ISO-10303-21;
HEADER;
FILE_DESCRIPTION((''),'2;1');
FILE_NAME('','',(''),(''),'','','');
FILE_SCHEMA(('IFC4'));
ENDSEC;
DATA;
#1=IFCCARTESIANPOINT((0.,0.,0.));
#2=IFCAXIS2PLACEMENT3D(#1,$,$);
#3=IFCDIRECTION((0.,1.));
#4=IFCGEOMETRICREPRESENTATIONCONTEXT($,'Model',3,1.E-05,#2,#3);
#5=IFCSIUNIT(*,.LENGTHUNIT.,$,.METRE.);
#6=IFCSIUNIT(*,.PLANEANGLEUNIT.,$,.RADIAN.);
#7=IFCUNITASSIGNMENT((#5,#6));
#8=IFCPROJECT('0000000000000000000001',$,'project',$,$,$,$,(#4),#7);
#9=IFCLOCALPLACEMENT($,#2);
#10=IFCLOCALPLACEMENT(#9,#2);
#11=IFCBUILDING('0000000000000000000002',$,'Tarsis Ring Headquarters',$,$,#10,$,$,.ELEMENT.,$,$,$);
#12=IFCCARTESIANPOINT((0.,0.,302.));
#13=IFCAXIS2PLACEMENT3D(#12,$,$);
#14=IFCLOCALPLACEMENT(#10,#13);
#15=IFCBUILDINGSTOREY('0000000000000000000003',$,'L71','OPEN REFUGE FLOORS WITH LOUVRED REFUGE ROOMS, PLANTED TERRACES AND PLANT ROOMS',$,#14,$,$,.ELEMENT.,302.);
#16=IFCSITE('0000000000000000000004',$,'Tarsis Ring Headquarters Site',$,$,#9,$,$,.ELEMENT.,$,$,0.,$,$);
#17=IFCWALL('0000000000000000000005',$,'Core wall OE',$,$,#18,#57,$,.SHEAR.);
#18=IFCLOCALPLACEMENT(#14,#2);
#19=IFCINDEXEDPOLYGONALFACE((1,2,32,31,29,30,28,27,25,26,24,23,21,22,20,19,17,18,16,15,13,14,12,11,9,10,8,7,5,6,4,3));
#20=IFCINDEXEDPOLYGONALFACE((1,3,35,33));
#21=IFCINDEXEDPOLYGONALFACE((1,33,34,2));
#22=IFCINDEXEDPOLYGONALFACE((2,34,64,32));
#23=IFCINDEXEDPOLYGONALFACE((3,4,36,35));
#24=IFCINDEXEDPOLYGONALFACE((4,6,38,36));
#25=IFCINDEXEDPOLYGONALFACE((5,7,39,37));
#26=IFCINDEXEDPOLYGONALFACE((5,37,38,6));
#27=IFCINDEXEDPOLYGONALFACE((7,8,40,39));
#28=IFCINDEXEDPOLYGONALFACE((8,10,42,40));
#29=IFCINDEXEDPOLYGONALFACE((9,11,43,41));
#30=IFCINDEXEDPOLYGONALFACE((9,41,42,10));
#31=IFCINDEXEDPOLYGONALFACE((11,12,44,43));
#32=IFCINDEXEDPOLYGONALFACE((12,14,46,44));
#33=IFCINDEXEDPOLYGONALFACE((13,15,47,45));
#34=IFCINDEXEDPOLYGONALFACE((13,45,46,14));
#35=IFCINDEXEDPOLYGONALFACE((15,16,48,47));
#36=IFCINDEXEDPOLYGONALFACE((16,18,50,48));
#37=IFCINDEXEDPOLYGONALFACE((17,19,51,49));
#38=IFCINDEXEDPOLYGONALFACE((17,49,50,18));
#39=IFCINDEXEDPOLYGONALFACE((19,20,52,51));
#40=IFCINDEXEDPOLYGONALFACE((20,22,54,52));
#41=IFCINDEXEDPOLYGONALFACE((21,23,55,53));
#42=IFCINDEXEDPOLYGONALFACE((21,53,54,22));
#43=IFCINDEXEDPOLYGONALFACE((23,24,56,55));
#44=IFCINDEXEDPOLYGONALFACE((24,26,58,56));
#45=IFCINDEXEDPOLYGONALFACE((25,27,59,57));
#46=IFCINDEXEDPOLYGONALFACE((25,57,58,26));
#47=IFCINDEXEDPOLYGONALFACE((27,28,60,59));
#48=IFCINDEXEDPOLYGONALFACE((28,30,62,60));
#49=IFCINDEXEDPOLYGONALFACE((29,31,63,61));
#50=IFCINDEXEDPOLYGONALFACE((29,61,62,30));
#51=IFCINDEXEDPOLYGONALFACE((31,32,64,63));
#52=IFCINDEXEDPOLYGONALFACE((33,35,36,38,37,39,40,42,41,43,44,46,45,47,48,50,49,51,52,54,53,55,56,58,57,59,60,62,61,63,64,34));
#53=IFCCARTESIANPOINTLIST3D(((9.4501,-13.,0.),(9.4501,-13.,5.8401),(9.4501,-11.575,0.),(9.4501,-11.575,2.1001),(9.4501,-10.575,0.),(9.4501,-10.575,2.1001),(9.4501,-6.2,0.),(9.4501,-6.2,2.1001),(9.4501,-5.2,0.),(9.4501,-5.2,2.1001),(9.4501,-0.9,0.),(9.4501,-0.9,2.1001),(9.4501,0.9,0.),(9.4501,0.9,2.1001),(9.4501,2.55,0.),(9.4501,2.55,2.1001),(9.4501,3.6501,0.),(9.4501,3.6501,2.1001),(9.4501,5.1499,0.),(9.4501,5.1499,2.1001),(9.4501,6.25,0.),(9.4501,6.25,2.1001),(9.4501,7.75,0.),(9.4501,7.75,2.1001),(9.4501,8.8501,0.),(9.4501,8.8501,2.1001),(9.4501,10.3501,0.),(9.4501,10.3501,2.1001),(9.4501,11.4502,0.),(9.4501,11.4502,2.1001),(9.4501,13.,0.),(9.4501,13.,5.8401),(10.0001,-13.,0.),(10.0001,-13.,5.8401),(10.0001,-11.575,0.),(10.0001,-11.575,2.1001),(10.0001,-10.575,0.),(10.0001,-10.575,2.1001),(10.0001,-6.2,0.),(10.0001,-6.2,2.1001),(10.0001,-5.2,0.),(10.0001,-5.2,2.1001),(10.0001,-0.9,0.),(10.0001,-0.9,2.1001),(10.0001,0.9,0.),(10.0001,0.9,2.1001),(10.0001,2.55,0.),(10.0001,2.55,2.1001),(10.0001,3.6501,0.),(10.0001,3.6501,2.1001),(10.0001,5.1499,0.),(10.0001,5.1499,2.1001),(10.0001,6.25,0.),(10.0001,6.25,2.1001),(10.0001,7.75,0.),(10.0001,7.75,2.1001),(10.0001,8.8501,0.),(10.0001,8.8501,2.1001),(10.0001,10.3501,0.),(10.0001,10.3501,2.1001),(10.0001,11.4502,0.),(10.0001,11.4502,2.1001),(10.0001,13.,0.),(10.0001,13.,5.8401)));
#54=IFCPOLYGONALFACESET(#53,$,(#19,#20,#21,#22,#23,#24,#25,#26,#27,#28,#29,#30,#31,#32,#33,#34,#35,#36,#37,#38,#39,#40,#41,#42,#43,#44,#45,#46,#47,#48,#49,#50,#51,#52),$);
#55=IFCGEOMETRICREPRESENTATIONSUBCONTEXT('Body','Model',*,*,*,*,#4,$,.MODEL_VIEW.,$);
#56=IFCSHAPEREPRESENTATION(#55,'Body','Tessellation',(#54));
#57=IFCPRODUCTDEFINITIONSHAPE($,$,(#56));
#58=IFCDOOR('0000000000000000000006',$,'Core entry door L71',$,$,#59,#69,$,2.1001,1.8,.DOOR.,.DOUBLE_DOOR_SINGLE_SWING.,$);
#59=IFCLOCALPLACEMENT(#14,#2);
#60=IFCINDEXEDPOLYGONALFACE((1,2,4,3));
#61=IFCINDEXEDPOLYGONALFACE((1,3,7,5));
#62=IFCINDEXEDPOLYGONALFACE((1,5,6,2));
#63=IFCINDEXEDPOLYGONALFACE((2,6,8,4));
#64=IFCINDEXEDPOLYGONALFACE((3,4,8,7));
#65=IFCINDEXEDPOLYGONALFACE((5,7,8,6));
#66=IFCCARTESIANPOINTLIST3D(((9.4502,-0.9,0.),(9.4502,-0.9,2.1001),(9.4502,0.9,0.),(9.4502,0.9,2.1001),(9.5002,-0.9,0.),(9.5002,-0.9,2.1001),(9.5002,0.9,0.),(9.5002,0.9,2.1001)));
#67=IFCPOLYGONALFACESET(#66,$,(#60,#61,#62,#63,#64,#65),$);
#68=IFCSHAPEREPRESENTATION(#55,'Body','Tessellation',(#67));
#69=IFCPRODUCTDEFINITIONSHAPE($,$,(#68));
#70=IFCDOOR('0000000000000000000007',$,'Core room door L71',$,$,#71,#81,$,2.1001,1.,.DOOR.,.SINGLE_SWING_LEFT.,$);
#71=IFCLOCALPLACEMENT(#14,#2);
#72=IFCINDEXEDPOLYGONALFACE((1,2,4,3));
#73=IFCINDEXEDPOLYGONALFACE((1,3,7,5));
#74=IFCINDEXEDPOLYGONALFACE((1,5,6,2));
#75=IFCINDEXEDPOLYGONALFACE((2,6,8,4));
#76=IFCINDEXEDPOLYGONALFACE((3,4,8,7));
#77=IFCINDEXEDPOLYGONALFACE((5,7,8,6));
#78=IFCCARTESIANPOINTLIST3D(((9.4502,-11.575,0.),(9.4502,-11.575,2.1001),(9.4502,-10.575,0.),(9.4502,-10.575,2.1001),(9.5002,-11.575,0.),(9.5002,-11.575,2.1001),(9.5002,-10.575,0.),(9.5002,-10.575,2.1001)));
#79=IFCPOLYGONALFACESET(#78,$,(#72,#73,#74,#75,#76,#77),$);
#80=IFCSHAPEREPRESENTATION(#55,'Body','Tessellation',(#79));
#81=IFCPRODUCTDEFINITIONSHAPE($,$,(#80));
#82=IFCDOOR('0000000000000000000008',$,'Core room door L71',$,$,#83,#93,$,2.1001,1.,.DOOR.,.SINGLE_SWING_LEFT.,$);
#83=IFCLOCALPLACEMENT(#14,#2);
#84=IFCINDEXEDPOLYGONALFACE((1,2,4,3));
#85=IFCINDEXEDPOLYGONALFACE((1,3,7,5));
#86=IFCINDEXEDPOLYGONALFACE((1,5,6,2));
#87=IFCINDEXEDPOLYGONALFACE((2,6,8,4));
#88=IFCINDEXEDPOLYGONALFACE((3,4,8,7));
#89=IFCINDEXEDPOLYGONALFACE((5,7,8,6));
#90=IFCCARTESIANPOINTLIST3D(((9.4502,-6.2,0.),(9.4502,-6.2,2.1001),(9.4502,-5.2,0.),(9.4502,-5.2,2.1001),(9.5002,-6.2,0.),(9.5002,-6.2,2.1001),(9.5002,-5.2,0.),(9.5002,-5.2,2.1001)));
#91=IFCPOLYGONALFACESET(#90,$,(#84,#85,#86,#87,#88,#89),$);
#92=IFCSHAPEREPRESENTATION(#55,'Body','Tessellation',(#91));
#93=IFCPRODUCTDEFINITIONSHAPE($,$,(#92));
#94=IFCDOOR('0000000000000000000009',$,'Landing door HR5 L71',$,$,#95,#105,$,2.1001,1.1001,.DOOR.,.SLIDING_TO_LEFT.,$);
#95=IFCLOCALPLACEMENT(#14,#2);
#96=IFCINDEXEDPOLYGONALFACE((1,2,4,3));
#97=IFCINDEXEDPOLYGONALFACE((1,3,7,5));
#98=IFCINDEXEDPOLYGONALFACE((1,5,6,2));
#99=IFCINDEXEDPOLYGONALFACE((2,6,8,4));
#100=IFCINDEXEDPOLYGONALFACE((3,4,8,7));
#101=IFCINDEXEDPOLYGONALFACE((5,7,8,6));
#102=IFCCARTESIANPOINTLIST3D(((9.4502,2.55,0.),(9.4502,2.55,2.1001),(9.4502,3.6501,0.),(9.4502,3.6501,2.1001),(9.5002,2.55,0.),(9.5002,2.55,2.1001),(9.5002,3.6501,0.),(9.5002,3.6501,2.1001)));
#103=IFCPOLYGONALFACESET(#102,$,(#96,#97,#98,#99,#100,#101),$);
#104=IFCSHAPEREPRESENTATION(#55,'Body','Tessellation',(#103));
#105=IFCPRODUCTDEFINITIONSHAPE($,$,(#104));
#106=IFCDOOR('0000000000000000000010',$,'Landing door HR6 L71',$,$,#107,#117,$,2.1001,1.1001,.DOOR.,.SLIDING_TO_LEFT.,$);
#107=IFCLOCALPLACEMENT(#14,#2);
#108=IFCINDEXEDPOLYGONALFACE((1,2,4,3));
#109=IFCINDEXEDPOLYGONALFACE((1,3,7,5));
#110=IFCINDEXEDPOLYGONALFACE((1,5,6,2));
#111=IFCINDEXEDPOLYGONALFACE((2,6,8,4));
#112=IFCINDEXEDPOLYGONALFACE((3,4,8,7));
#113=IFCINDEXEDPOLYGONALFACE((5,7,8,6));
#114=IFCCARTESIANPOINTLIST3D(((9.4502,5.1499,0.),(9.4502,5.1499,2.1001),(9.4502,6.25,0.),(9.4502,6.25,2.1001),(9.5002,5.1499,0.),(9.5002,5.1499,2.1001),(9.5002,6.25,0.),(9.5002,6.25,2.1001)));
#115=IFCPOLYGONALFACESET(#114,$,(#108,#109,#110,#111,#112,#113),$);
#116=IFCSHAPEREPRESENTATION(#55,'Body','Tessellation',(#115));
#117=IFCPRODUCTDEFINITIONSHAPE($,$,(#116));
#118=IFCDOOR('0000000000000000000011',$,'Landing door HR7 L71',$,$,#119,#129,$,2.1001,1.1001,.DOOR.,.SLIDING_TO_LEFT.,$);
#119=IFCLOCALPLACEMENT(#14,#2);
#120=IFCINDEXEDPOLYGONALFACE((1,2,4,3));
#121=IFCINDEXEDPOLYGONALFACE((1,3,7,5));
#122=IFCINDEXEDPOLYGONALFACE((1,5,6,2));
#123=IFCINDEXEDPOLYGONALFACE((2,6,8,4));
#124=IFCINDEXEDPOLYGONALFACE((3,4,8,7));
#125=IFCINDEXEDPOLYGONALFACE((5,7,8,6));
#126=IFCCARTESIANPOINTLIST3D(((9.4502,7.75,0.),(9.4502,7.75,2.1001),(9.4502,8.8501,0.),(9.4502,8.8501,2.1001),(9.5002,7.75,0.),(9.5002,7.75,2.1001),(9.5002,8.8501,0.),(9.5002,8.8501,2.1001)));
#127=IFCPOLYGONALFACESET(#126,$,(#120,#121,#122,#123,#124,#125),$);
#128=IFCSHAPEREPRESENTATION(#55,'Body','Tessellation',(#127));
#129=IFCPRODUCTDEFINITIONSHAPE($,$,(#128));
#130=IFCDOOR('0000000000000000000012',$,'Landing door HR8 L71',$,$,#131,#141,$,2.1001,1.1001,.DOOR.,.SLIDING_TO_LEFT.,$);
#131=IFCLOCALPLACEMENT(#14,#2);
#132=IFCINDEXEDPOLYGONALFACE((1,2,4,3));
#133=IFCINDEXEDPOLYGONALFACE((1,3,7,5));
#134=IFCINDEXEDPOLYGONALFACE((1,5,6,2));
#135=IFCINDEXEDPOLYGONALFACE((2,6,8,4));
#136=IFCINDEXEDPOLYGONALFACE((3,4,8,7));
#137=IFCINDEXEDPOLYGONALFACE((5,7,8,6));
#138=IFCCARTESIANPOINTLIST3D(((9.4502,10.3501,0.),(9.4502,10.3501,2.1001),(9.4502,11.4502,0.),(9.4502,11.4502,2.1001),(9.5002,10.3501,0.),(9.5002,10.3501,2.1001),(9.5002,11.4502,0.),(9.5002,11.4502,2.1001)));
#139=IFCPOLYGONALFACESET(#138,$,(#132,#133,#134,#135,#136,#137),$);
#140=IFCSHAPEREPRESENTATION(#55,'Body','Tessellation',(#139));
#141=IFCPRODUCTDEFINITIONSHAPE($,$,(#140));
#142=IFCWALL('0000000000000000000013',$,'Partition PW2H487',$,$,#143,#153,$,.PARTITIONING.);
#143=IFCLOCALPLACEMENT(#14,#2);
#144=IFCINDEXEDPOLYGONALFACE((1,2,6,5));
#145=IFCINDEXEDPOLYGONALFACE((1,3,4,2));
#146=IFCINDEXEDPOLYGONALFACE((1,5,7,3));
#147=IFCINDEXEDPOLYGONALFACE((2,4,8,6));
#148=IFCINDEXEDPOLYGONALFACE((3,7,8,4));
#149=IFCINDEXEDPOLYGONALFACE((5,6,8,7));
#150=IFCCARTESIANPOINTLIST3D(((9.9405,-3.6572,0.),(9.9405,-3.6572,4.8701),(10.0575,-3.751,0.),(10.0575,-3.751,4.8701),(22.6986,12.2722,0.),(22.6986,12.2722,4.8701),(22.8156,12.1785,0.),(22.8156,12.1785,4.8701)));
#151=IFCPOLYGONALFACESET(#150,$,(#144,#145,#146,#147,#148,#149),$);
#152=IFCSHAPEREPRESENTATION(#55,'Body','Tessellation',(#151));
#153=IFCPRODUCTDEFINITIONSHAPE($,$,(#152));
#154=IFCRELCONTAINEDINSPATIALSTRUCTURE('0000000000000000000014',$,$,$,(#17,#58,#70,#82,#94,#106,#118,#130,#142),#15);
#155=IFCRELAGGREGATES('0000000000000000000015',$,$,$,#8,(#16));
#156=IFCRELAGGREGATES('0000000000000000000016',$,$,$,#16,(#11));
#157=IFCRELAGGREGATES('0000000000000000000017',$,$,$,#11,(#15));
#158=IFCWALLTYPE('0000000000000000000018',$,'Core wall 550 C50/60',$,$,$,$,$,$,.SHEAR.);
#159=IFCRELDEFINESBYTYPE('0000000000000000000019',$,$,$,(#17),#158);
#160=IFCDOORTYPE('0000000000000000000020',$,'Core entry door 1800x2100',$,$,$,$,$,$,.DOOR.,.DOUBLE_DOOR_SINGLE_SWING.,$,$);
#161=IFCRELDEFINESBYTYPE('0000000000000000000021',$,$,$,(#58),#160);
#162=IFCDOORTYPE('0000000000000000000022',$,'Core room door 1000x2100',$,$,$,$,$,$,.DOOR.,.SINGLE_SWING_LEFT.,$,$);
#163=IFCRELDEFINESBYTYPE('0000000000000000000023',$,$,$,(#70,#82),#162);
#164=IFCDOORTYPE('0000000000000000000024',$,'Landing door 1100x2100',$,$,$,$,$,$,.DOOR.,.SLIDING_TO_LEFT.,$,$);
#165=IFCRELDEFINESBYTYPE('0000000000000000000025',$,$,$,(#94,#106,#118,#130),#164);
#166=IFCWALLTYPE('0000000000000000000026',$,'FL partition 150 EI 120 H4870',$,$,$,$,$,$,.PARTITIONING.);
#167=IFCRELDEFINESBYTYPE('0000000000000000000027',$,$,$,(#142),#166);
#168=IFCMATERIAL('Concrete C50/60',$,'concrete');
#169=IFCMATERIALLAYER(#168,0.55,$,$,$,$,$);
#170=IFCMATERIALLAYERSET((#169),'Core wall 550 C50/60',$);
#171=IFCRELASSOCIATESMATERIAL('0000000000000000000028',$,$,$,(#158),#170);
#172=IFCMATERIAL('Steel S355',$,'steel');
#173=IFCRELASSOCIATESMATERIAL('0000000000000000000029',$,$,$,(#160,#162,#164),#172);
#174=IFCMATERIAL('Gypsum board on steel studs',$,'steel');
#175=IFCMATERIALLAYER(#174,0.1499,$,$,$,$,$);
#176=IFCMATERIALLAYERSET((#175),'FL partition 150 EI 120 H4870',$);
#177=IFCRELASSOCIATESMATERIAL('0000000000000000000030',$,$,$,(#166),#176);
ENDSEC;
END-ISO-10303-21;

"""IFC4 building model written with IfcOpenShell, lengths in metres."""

from ifc_helpers import new_model, si_unit, direction, frame, frame_2d, origin, place, context, subcontext, project, spatial, rectangle, extrude, material, layer, layer_set, type_object, element, fill, save


model = new_model("IFC4")

# Units and contexts
model_context = context("Model", 3, precision=1e-05, world=origin(), true_north=direction((0.0, 1.0)))
body_context = subcontext(model_context, "Body", "Model", "MODEL_VIEW")
ifc_project = project(units=[si_unit("LENGTHUNIT", "METRE"), si_unit("PLANEANGLEUNIT", "RADIAN")], contexts=[model_context])

# Site, building, storey
site_placement = place(None, origin())
site = spatial("IfcSite", under=ifc_project, at=site_placement, Name="Tarsis Ring Headquarters Site", CompositionType="ELEMENT", RefElevation=0.0)
building_placement = place(site_placement, origin())
building = spatial("IfcBuilding", under=site, at=building_placement, Name="Tarsis Ring Headquarters", CompositionType="ELEMENT")
storey_placement = place(building_placement, frame((0.0, 0.0, 302.0)))
storey = spatial("IfcBuildingStorey", under=building, at=storey_placement, Name="L71", Description="OPEN REFUGE FLOORS WITH LOUVRED REFUGE ROOMS, PLANTED TERRACES AND PLANT ROOMS", CompositionType="ELEMENT", Elevation=302.0)

# Wall, openings, doors
ifc_material_1 = material(Name="Concrete C50/60", Category="concrete")
ifc_layer_1 = layer(ifc_material_1, 0.55)
ifc_layer_set_1 = layer_set([ifc_layer_1], Name="Core wall 550 C50/60")
wall_type_1 = type_object("IfcWallType", Name="Core wall 550 C50/60", PredefinedType="SHEAR", material=ifc_layer_set_1)
wall_1_placement = place(storey_placement, frame((9.7251, -13.0, 0.0), z_axis=(0.0, 0.0, 1.0), x_axis=(0.0, 1.0, 0.0)))
wall_1 = element("IfcWall", 1, at=wall_1_placement, inside=storey, type_object=wall_type_1, Name="Core wall OE", PredefinedType="SHEAR", context=body_context, shape_type="SweptSolid", body=[
    extrude(rectangle(XDim=26.0, YDim=0.55, at=frame_2d((13.0, 0.0))), origin(), (0.0, 0.0, 1.0), 5.8401),
])
opening_1_placement = place(wall_1_placement, frame((1.425, 0.0, 0.0)))
opening_1 = element("IfcOpeningElement", 2, at=opening_1_placement, cuts=wall_1, PredefinedType="OPENING", context=body_context, shape_type="SweptSolid", body=[
    extrude(rectangle(XDim=1.0, YDim=2.1001, at=frame_2d((0.5, 1.05))), frame((0.0, 0.2849, 0.0), z_axis=(0.0, -1.0, 0.0), x_axis=(1.0, 0.0, 0.0)), (0.0, 0.0, 1.0), 0.5701),
])
opening_2_placement = place(wall_1_placement, frame((6.8, 0.0, 0.0)))
opening_2 = element("IfcOpeningElement", 3, at=opening_2_placement, cuts=wall_1, PredefinedType="OPENING", context=body_context, shape_type="SweptSolid", body=[
    extrude(rectangle(XDim=1.0, YDim=2.1001, at=frame_2d((0.5, 1.05))), frame((0.0, 0.2849, 0.0), z_axis=(0.0, -1.0, 0.0), x_axis=(1.0, 0.0, 0.0)), (0.0, 0.0, 1.0), 0.5701),
])
opening_3_placement = place(wall_1_placement, frame((12.1001, 0.0, 0.0)))
opening_3 = element("IfcOpeningElement", 4, at=opening_3_placement, cuts=wall_1, PredefinedType="OPENING", context=body_context, shape_type="SweptSolid", body=[
    extrude(rectangle(XDim=1.8, YDim=2.1001, at=frame_2d((0.8999, 1.05))), frame((0.0, 0.2849, 0.0), z_axis=(0.0, -1.0, 0.0), x_axis=(1.0, 0.0, 0.0)), (0.0, 0.0, 1.0), 0.5701),
])
opening_4_placement = place(wall_1_placement, frame((15.55, 0.0, 0.0)))
opening_4 = element("IfcOpeningElement", 5, at=opening_4_placement, cuts=wall_1, PredefinedType="OPENING", context=body_context, shape_type="SweptSolid", body=[
    extrude(rectangle(XDim=1.1001, YDim=2.1001, at=frame_2d((0.55, 1.05))), frame((0.0, 0.2849, 0.0), z_axis=(0.0, -1.0, 0.0), x_axis=(1.0, 0.0, 0.0)), (0.0, 0.0, 1.0), 0.5701),
])
opening_5_placement = place(wall_1_placement, frame((18.1499, 0.0, 0.0)))
opening_5 = element("IfcOpeningElement", 6, at=opening_5_placement, cuts=wall_1, PredefinedType="OPENING", context=body_context, shape_type="SweptSolid", body=[
    extrude(rectangle(XDim=1.1001, YDim=2.1001, at=frame_2d((0.55, 1.05))), frame((0.0, 0.2849, 0.0), z_axis=(0.0, -1.0, 0.0), x_axis=(1.0, 0.0, 0.0)), (0.0, 0.0, 1.0), 0.5701),
])
opening_6_placement = place(wall_1_placement, frame((20.75, 0.0, 0.0)))
opening_6 = element("IfcOpeningElement", 7, at=opening_6_placement, cuts=wall_1, PredefinedType="OPENING", context=body_context, shape_type="SweptSolid", body=[
    extrude(rectangle(XDim=1.1001, YDim=2.1001, at=frame_2d((0.55, 1.05))), frame((0.0, 0.2849, 0.0), z_axis=(0.0, -1.0, 0.0), x_axis=(1.0, 0.0, 0.0)), (0.0, 0.0, 1.0), 0.5701),
])
opening_7_placement = place(wall_1_placement, frame((23.3501, 0.0, 0.0)))
opening_7 = element("IfcOpeningElement", 8, at=opening_7_placement, cuts=wall_1, PredefinedType="OPENING", context=body_context, shape_type="SweptSolid", body=[
    extrude(rectangle(XDim=1.1001, YDim=2.1001, at=frame_2d((0.55, 1.05))), frame((0.0, 0.2849, 0.0), z_axis=(0.0, -1.0, 0.0), x_axis=(1.0, 0.0, 0.0)), (0.0, 0.0, 1.0), 0.5701),
])
ifc_material_2 = material(Name="Steel S355", Category="steel")
door_type_1 = type_object("IfcDoorType", Name="Core entry door 1800x2100", OperationType="DOUBLE_DOOR_SINGLE_SWING", PredefinedType="DOOR", material=ifc_material_2)
door_1_placement = place(opening_3_placement, origin())
door_1 = element("IfcDoor", 9, at=door_1_placement, inside=storey, type_object=door_type_1, Name="Core entry door L71", OperationType="DOUBLE_DOOR_SINGLE_SWING", OverallHeight=2.1001, OverallWidth=1.8, PredefinedType="DOOR", context=body_context, shape_type="SweptSolid", body=[
    extrude(rectangle(XDim=1.8, YDim=2.1001, at=frame_2d((0.8999, 1.05))), frame((0.0, 0.2749, 0.0), z_axis=(0.0, -1.0, 0.0), x_axis=(1.0, 0.0, 0.0)), (0.0, 0.0, 1.0), 0.05),
])
fill(opening_3, door_1)
door_type_2 = type_object("IfcDoorType", Name="Core room door 1000x2100", OperationType="SINGLE_SWING_LEFT", PredefinedType="DOOR", material=ifc_material_2)
door_2_placement = place(opening_1_placement, origin())
door_2 = element("IfcDoor", 10, at=door_2_placement, inside=storey, type_object=door_type_2, Name="Core room door L71", OperationType="SINGLE_SWING_LEFT", OverallHeight=2.1001, OverallWidth=1.0, PredefinedType="DOOR", context=body_context, shape_type="SweptSolid", body=[
    extrude(rectangle(XDim=1.0, YDim=2.1001, at=frame_2d((0.5, 1.05))), frame((0.0, 0.2749, 0.0), z_axis=(0.0, -1.0, 0.0), x_axis=(1.0, 0.0, 0.0)), (0.0, 0.0, 1.0), 0.05),
])
fill(opening_1, door_2)
door_3_placement = place(opening_2_placement, origin())
door_3 = element("IfcDoor", 11, at=door_3_placement, inside=storey, type_object=door_type_2, Name="Core room door L71", OperationType="SINGLE_SWING_LEFT", OverallHeight=2.1001, OverallWidth=1.0, PredefinedType="DOOR", context=body_context, shape_type="SweptSolid", body=[
    extrude(rectangle(XDim=1.0, YDim=2.1001, at=frame_2d((0.5, 1.05))), frame((0.0, 0.2749, 0.0), z_axis=(0.0, -1.0, 0.0), x_axis=(1.0, 0.0, 0.0)), (0.0, 0.0, 1.0), 0.05),
])
fill(opening_2, door_3)
door_type_3 = type_object("IfcDoorType", Name="Landing door 1100x2100", OperationType="SLIDING_TO_LEFT", PredefinedType="DOOR", material=ifc_material_2)
door_4_placement = place(opening_4_placement, origin())
door_4 = element("IfcDoor", 12, at=door_4_placement, inside=storey, type_object=door_type_3, Name="Landing door HR5 L71", OperationType="SLIDING_TO_LEFT", OverallHeight=2.1001, OverallWidth=1.1001, PredefinedType="DOOR", context=body_context, shape_type="SweptSolid", body=[
    extrude(rectangle(XDim=1.1001, YDim=2.1001, at=frame_2d((0.55, 1.05))), frame((0.0, 0.2749, 0.0), z_axis=(0.0, -1.0, 0.0), x_axis=(1.0, 0.0, 0.0)), (0.0, 0.0, 1.0), 0.05),
])
fill(opening_4, door_4)
door_5_placement = place(opening_5_placement, origin())
door_5 = element("IfcDoor", 13, at=door_5_placement, inside=storey, type_object=door_type_3, Name="Landing door HR6 L71", OperationType="SLIDING_TO_LEFT", OverallHeight=2.1001, OverallWidth=1.1001, PredefinedType="DOOR", context=body_context, shape_type="SweptSolid", body=[
    extrude(rectangle(XDim=1.1001, YDim=2.1001, at=frame_2d((0.55, 1.05))), frame((0.0, 0.2749, 0.0), z_axis=(0.0, -1.0, 0.0), x_axis=(1.0, 0.0, 0.0)), (0.0, 0.0, 1.0), 0.05),
])
fill(opening_5, door_5)
door_6_placement = place(opening_6_placement, origin())
door_6 = element("IfcDoor", 14, at=door_6_placement, inside=storey, type_object=door_type_3, Name="Landing door HR7 L71", OperationType="SLIDING_TO_LEFT", OverallHeight=2.1001, OverallWidth=1.1001, PredefinedType="DOOR", context=body_context, shape_type="SweptSolid", body=[
    extrude(rectangle(XDim=1.1001, YDim=2.1001, at=frame_2d((0.55, 1.05))), frame((0.0, 0.2749, 0.0), z_axis=(0.0, -1.0, 0.0), x_axis=(1.0, 0.0, 0.0)), (0.0, 0.0, 1.0), 0.05),
])
fill(opening_6, door_6)
door_7_placement = place(opening_7_placement, origin())
door_7 = element("IfcDoor", 15, at=door_7_placement, inside=storey, type_object=door_type_3, Name="Landing door HR8 L71", OperationType="SLIDING_TO_LEFT", OverallHeight=2.1001, OverallWidth=1.1001, PredefinedType="DOOR", context=body_context, shape_type="SweptSolid", body=[
    extrude(rectangle(XDim=1.1001, YDim=2.1001, at=frame_2d((0.55, 1.05))), frame((0.0, 0.2749, 0.0), z_axis=(0.0, -1.0, 0.0), x_axis=(1.0, 0.0, 0.0)), (0.0, 0.0, 1.0), 0.05),
])
fill(opening_7, door_7)

# Wall
ifc_material_3 = material(Name="Gypsum board on steel studs", Category="steel")
ifc_layer_2 = layer(ifc_material_3, 0.1499)
ifc_layer_set_2 = layer_set([ifc_layer_2], Name="FL partition 150 EI 120 H4870")
wall_type_2 = type_object("IfcWallType", Name="FL partition 150 EI 120 H4870", PredefinedType="PARTITIONING", material=ifc_layer_set_2)
wall_2_placement = place(storey_placement, frame((9.999, -3.7041, 0.0), z_axis=(0.0, 0.0, 1.0), x_axis=(0.625128, 0.780522, 0.0)))
element("IfcWall", 16, at=wall_2_placement, inside=storey, type_object=wall_type_2, Name="Partition PW2H487", PredefinedType="PARTITIONING", context=body_context, shape_type="SweptSolid", body=[
    extrude(rectangle(XDim=20.4087, YDim=0.1499, at=frame_2d((10.2043, 0.0))), origin(), (0.0, 0.0, 1.0), 4.8701),
])

save(model, "model.ifc")
